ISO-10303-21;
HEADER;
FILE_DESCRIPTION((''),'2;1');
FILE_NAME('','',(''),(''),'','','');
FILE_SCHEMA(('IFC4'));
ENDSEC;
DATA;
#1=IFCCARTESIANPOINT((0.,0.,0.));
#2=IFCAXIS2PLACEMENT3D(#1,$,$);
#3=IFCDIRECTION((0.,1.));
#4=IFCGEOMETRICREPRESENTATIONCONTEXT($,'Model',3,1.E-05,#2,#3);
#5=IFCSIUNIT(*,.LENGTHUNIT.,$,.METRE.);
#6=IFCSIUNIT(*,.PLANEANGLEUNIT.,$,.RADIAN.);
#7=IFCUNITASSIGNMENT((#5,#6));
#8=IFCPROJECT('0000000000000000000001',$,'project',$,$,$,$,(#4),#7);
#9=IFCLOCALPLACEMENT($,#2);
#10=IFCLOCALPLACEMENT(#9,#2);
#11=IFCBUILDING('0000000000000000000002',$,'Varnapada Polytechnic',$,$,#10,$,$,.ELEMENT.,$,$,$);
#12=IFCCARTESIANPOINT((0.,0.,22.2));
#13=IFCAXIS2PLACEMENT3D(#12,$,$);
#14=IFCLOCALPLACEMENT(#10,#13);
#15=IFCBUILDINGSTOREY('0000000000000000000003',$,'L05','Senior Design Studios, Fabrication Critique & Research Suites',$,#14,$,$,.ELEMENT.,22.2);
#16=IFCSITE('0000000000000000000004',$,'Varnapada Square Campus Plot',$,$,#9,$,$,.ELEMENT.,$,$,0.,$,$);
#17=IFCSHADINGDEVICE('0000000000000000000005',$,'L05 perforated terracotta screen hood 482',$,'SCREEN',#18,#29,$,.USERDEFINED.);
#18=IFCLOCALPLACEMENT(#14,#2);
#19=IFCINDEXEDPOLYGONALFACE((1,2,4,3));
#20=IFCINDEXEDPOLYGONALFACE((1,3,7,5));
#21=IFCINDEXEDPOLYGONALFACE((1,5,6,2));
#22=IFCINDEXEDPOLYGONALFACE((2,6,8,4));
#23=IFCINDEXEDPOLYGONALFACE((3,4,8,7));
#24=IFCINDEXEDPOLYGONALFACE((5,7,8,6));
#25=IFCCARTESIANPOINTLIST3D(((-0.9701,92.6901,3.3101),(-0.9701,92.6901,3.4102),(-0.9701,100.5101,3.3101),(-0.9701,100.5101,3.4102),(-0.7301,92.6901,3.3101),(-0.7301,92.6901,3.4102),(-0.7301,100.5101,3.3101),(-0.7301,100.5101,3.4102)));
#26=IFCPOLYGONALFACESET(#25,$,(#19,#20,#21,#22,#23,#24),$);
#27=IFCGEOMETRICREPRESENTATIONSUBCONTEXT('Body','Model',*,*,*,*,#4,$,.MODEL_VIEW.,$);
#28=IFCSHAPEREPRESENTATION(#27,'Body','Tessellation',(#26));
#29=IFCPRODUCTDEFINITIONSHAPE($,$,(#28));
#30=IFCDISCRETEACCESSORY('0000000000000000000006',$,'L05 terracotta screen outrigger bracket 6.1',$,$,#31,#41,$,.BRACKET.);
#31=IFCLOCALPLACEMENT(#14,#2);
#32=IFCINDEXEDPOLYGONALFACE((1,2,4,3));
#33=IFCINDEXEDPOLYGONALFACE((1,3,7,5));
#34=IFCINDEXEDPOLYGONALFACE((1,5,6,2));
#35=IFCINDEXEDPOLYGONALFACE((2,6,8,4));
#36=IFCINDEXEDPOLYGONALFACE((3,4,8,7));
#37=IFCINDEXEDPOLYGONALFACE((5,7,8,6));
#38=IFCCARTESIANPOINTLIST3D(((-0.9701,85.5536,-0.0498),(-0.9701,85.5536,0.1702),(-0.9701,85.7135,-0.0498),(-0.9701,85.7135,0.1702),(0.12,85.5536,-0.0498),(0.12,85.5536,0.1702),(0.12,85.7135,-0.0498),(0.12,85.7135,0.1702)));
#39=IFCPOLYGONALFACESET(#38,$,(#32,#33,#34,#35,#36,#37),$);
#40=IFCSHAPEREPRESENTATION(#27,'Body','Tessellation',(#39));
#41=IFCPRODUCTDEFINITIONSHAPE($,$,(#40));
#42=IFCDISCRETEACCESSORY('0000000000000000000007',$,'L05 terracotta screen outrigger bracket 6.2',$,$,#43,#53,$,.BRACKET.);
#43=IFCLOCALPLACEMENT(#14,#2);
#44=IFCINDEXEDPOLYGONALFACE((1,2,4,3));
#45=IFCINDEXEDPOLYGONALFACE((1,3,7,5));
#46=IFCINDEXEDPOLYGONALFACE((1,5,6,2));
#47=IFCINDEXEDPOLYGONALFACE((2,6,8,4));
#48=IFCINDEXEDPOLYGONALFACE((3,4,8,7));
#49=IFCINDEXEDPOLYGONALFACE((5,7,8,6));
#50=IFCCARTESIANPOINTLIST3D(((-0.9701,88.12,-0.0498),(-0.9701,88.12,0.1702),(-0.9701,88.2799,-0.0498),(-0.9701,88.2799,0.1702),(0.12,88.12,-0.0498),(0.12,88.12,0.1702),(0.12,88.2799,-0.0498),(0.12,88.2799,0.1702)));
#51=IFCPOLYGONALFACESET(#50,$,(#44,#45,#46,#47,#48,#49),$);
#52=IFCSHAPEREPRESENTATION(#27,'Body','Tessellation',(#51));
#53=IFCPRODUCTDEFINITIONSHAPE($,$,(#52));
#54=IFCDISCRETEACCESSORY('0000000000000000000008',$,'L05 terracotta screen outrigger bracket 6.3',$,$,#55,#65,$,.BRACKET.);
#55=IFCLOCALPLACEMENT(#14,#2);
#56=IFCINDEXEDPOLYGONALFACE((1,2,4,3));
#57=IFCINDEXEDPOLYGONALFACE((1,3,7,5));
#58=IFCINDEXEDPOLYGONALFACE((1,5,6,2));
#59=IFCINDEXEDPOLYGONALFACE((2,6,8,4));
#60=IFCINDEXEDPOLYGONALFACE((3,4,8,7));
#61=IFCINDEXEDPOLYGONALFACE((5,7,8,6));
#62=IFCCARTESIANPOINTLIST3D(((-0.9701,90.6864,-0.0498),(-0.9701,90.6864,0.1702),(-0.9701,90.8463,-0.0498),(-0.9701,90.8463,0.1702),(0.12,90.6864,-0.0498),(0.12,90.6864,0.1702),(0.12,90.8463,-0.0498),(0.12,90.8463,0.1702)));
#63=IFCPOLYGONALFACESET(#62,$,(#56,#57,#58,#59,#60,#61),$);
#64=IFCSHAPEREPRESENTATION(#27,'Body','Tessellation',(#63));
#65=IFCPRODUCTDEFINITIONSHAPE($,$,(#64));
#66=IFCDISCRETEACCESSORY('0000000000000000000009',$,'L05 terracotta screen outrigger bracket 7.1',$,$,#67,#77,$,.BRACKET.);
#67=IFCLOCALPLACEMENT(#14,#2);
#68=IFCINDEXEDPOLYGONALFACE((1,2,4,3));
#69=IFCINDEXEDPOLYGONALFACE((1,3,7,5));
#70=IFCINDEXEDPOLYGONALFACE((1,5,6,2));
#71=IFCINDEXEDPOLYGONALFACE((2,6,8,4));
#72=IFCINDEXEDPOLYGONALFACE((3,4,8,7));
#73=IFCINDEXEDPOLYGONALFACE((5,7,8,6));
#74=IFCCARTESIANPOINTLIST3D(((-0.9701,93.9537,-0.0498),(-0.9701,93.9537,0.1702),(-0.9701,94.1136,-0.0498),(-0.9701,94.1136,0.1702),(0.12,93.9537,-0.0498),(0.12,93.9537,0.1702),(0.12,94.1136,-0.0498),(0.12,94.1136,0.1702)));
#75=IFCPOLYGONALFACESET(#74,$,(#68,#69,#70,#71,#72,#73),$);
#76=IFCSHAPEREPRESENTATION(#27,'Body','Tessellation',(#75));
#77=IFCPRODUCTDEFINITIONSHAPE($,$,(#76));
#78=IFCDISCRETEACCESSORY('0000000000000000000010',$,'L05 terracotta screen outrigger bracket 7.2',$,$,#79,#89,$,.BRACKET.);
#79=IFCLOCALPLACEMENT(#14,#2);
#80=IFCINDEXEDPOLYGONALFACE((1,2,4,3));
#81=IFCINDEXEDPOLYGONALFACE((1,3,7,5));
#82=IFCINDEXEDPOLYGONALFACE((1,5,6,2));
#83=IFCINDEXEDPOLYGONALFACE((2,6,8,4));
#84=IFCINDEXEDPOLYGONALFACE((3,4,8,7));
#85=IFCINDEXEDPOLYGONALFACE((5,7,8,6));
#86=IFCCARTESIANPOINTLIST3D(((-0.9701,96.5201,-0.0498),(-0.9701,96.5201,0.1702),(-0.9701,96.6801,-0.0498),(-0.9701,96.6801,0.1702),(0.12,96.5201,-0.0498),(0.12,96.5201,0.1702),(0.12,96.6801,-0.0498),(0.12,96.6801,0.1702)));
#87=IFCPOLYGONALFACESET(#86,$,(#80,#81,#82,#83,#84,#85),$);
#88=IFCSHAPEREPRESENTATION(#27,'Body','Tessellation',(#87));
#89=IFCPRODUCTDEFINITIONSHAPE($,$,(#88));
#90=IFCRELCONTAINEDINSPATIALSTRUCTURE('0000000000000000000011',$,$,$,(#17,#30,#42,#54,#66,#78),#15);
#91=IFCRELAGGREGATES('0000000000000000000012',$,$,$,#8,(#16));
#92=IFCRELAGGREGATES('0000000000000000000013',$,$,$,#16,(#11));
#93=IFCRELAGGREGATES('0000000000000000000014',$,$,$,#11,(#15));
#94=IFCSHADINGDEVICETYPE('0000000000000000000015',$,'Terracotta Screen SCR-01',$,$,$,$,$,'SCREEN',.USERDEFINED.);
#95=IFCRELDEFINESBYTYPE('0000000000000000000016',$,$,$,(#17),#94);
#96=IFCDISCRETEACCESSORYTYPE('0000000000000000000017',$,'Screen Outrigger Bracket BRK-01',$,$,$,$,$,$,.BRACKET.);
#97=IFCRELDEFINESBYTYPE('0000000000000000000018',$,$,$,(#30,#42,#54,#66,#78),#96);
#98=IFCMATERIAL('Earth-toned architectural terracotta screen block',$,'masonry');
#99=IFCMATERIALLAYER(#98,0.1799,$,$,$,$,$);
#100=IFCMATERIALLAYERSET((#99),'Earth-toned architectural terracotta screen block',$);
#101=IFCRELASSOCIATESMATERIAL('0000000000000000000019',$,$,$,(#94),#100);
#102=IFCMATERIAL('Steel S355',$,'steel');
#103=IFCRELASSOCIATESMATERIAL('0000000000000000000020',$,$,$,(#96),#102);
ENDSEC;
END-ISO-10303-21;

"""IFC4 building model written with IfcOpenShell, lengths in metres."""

from ifc_helpers import new_model, si_unit, direction, frame, origin, origin_2d, place, context, subcontext, project, spatial, rectangle, extrude, material, layer, layer_set, type_object, element, save


model = new_model("IFC4")

# Units and contexts
model_context = context("Model", 3, precision=1e-05, world=origin(), true_north=direction((0.0, 1.0)))
body_context = subcontext(model_context, "Body", "Model", "MODEL_VIEW")
ifc_project = project(units=[si_unit("LENGTHUNIT", "METRE"), si_unit("PLANEANGLEUNIT", "RADIAN")], contexts=[model_context])

# Site, building, storey
site_placement = place(None, origin())
site = spatial("IfcSite", under=ifc_project, at=site_placement, Name="Varnapada Square Campus Plot", CompositionType="ELEMENT", RefElevation=0.0)
building_placement = place(site_placement, origin())
building = spatial("IfcBuilding", under=site, at=building_placement, Name="Varnapada Polytechnic", CompositionType="ELEMENT")
storey_placement = place(building_placement, frame((0.0, 0.0, 22.2)))
storey = spatial("IfcBuildingStorey", under=building, at=storey_placement, Name="L05", Description="Senior Design Studios, Fabrication Critique & Research Suites", CompositionType="ELEMENT", Elevation=22.2)

# Shared definitions
ifc_material_1 = material(Name="Earth-toned architectural terracotta screen block", Category="masonry")

# Shading device
ifc_layer_1 = layer(ifc_material_1, 0.1799)
ifc_layer_set_1 = layer_set([ifc_layer_1], Name="Earth-toned architectural terracotta screen block")
shading_device_type = type_object("IfcShadingDeviceType", Name="Terracotta Screen SCR-01", ElementType="SCREEN", PredefinedType="USERDEFINED", material=ifc_layer_set_1)
for number, where, z_axis, x_axis, name in (
    (1, (-0.8501, 96.6001, 3.3101), (0.0, 0.0, 1.0), (0.0, 1.0, 0.0), "L05 perforated terracotta screen hood 482"),
):
    element("IfcShadingDevice", number, at=place(storey_placement, frame(where, z_axis=z_axis, x_axis=x_axis)), inside=storey, type_object=shading_device_type, Name=name, ObjectType="SCREEN", PredefinedType="USERDEFINED", context=body_context, shape_type="SweptSolid", body=[
        extrude(rectangle(XDim=7.8201, YDim=0.24, at=origin_2d()), origin(), (0.0, 0.0, 1.0), 0.1001),
    ])

# Discrete accessories
ifc_material_2 = material(Name="Steel S355", Category="steel")
discrete_accessory_type = type_object("IfcDiscreteAccessoryType", Name="Screen Outrigger Bracket BRK-01", PredefinedType="BRACKET", material=ifc_material_2)
for number, where, z_axis, x_axis, name in (
    (2, (-0.425, 85.6335, -0.0498), (0.0, 0.0, 1.0), (0.0, 1.0, 0.0), "L05 terracotta screen outrigger bracket 6.1"),
    (3, (-0.425, 88.2, -0.0498), (0.0, 0.0, 1.0), (0.0, 1.0, 0.0), "L05 terracotta screen outrigger bracket 6.2"),
    (4, (-0.425, 90.7664, -0.0498), (0.0, 0.0, 1.0), (0.0, 1.0, 0.0), "L05 terracotta screen outrigger bracket 6.3"),
    (5, (-0.425, 94.0337, -0.0498), (0.0, 0.0, 1.0), (0.0, 1.0, 0.0), "L05 terracotta screen outrigger bracket 7.1"),
    (6, (-0.425, 96.6001, -0.0498), (0.0, 0.0, 1.0), (0.0, 1.0, 0.0), "L05 terracotta screen outrigger bracket 7.2"),
):
    element("IfcDiscreteAccessory", number, at=place(storey_placement, frame(where, z_axis=z_axis, x_axis=x_axis)), inside=storey, type_object=discrete_accessory_type, Name=name, PredefinedType="BRACKET", context=body_context, shape_type="SweptSolid", body=[
        extrude(rectangle(XDim=0.1599, YDim=1.0901, at=origin_2d()), origin(), (0.0, 0.0, 1.0), 0.22),
    ])

save(model, "model.ifc")
